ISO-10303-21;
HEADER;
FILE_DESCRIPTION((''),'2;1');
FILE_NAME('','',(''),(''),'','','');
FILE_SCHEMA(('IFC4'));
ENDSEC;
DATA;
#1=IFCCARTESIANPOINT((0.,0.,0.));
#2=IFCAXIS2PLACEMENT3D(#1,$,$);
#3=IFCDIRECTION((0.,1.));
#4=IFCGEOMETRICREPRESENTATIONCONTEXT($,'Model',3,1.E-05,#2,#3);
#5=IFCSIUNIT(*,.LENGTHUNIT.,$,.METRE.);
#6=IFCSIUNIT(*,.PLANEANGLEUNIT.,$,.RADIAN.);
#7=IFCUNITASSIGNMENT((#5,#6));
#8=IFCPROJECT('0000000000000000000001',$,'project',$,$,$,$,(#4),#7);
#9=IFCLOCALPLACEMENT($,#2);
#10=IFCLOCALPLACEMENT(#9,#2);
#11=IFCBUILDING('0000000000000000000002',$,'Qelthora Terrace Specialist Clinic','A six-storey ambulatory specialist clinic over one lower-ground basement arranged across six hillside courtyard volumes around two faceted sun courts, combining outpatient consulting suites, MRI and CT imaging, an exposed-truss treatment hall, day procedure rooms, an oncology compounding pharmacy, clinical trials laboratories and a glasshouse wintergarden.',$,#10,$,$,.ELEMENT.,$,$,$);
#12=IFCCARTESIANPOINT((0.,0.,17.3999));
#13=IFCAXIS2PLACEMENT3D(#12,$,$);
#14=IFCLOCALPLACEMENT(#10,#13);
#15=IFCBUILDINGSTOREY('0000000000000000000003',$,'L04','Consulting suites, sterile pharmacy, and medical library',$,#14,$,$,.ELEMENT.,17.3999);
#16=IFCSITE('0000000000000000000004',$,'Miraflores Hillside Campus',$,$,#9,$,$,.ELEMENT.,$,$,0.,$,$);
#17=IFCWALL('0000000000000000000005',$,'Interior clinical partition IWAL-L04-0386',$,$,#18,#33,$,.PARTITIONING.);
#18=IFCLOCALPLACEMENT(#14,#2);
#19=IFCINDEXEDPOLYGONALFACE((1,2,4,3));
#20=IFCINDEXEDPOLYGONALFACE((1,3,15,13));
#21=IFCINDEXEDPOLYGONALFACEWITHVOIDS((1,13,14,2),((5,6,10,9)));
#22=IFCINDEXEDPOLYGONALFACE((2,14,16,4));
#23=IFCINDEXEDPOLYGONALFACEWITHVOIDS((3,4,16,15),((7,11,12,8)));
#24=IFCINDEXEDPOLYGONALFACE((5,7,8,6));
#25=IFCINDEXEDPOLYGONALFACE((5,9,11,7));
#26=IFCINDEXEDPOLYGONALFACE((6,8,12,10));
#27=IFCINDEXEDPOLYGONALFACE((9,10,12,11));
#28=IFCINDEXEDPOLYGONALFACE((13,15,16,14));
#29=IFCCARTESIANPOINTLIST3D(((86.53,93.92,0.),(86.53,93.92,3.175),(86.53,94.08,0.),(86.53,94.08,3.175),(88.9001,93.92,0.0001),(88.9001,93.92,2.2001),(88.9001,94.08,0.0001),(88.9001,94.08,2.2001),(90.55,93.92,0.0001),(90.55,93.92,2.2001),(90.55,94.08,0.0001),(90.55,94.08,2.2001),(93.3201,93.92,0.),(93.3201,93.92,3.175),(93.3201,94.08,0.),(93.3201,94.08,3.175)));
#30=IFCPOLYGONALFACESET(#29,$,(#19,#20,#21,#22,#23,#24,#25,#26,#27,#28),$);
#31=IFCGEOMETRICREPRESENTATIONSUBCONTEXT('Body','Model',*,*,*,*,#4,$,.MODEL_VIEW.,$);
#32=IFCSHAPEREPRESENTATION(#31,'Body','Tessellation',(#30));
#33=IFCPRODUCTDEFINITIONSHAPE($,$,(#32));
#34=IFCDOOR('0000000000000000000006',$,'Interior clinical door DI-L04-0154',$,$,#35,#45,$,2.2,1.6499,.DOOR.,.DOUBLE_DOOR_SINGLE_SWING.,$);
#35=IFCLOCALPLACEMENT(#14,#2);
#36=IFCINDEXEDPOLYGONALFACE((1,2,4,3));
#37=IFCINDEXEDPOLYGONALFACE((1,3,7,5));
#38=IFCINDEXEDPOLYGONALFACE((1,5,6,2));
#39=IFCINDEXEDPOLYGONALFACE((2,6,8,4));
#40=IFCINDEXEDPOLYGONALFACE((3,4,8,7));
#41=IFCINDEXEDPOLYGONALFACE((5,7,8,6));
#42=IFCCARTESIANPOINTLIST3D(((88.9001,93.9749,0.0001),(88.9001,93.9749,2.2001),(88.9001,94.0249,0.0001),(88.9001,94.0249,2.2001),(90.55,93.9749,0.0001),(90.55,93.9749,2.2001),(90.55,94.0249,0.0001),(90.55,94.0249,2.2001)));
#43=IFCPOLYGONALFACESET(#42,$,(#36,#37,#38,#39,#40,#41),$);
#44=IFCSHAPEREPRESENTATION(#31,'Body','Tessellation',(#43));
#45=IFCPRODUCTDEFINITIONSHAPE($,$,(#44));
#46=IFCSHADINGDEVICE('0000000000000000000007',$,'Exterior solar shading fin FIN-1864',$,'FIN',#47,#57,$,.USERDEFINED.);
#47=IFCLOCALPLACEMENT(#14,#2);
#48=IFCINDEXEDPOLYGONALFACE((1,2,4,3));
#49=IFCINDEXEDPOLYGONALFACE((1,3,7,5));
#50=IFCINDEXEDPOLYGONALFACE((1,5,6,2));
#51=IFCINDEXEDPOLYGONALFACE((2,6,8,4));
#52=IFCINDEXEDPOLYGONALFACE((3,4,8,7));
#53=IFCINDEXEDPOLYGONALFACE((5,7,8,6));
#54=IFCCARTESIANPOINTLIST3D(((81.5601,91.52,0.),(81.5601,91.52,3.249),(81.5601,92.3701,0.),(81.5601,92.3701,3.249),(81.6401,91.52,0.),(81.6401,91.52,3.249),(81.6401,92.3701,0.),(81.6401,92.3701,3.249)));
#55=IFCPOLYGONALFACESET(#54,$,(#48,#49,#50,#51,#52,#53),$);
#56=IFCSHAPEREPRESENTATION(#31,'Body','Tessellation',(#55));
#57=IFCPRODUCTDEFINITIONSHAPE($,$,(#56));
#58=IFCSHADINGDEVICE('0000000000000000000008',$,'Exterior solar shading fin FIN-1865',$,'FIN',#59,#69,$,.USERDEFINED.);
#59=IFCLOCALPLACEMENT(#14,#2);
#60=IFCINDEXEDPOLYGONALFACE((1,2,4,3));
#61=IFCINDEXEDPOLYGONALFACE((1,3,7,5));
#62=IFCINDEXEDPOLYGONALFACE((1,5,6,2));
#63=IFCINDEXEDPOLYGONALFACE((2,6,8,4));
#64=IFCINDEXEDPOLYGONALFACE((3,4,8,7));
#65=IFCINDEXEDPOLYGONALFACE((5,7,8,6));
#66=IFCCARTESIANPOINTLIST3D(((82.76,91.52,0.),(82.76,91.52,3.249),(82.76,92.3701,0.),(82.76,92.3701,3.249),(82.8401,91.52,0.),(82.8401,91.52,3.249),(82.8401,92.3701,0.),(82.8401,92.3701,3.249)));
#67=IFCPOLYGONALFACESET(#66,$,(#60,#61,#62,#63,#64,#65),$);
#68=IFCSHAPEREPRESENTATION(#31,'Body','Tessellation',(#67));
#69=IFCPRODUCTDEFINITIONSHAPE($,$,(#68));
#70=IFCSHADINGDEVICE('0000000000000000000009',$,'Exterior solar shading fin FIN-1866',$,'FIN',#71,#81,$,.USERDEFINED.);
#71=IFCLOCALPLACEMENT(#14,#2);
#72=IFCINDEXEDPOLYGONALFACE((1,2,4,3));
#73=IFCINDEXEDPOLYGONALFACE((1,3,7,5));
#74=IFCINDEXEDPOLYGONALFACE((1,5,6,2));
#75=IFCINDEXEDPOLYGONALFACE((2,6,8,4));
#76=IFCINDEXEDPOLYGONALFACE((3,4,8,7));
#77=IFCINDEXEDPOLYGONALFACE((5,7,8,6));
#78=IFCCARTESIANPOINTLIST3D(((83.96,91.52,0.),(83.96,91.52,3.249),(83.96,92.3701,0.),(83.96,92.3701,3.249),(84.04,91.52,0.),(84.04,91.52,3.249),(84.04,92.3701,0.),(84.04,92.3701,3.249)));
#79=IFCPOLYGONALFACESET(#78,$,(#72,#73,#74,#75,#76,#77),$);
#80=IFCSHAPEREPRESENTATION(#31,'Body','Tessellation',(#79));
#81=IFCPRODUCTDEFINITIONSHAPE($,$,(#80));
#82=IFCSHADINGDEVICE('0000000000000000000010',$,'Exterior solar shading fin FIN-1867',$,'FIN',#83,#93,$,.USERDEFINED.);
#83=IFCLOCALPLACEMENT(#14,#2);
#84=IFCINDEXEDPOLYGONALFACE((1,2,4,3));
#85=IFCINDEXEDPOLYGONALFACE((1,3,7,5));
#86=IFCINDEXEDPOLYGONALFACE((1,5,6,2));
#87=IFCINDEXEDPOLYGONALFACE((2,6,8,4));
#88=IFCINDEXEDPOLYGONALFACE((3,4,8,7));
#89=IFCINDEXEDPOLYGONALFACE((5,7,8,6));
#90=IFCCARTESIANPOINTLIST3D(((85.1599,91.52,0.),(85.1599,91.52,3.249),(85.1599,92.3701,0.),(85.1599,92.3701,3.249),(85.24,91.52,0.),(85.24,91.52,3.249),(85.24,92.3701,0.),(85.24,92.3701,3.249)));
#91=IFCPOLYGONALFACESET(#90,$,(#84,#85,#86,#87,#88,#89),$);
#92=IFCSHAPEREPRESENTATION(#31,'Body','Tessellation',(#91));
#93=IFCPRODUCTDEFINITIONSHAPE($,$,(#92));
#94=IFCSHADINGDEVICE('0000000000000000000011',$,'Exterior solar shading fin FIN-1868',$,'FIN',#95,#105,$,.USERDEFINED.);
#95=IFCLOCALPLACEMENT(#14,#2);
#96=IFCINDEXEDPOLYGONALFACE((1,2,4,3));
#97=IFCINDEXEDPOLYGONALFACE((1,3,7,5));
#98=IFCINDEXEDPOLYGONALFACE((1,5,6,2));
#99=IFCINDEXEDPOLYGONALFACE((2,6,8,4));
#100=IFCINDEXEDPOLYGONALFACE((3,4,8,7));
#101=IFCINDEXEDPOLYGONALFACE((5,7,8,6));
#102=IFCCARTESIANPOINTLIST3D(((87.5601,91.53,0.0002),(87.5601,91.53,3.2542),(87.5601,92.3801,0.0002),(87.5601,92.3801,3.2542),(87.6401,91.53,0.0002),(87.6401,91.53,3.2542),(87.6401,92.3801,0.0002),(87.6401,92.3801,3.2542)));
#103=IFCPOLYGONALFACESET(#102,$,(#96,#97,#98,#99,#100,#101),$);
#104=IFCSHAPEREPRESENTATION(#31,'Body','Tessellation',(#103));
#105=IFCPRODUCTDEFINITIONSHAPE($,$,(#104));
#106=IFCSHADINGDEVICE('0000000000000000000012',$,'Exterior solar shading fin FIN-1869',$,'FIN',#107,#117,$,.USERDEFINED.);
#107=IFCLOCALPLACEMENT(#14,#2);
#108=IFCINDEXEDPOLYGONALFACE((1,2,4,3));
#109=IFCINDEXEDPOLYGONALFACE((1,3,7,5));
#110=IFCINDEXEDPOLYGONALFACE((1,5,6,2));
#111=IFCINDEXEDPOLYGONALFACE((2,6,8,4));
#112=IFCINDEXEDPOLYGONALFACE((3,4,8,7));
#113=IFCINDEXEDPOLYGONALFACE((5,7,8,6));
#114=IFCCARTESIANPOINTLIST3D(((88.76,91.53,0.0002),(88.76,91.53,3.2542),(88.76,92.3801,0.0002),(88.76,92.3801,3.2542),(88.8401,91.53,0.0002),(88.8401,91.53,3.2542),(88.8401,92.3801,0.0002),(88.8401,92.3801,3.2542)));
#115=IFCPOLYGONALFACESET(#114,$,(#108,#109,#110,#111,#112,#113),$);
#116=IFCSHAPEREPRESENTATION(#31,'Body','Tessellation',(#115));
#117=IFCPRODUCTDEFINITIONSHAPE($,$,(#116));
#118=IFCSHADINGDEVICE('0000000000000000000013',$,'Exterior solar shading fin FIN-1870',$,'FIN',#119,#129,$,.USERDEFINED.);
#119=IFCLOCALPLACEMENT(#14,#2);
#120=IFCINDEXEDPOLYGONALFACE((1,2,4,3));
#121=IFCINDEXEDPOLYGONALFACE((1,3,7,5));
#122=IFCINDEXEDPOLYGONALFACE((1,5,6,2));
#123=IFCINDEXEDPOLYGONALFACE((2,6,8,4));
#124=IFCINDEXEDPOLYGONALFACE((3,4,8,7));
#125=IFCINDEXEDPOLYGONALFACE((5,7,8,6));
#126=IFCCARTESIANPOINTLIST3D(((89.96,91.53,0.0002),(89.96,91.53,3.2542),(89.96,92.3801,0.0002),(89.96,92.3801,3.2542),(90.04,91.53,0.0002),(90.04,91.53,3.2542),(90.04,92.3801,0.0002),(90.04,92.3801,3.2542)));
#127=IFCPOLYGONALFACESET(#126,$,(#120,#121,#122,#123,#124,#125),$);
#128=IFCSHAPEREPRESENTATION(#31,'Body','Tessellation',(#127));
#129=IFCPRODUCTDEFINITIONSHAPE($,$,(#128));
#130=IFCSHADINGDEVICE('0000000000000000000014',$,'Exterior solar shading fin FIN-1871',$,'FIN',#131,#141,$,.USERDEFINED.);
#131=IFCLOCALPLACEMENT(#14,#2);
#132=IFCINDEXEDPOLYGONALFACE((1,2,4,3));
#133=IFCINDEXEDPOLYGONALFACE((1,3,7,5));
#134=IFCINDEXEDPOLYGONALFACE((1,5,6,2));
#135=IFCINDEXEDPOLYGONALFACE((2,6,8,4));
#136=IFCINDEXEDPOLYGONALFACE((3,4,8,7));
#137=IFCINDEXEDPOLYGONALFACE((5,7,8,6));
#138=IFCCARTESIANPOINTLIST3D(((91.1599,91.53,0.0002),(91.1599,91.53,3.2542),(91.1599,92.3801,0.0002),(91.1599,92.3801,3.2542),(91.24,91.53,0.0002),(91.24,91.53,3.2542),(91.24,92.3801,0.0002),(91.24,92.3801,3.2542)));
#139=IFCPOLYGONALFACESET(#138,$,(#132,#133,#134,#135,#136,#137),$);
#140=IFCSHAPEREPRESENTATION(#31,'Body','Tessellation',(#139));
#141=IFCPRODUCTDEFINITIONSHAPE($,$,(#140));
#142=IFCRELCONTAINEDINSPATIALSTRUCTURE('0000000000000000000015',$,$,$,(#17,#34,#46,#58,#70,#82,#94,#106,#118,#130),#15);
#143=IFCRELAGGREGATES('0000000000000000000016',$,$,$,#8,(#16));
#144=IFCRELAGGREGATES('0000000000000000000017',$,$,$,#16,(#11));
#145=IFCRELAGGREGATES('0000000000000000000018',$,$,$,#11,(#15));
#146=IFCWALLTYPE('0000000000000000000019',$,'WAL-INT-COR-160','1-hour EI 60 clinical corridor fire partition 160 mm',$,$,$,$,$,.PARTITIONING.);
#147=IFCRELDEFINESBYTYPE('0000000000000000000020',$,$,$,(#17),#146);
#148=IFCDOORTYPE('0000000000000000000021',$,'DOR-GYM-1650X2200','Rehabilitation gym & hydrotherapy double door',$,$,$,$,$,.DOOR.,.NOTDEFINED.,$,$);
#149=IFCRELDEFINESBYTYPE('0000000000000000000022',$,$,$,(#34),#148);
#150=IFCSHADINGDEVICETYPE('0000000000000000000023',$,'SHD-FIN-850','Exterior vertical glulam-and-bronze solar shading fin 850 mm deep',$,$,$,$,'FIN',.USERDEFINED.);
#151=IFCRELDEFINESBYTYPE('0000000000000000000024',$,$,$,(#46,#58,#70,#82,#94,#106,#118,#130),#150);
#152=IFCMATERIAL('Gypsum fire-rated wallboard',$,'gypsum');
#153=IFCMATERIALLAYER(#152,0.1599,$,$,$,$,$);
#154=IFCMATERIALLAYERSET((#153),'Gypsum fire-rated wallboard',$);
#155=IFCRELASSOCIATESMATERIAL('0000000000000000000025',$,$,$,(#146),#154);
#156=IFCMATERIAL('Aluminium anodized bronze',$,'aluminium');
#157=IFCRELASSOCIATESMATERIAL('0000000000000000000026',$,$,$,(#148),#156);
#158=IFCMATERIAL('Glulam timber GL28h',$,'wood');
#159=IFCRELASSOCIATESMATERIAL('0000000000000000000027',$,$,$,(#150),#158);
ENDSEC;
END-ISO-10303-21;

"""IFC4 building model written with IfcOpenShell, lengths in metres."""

from ifc_helpers import new_model, si_unit, direction, frame, frame_2d, origin, origin_2d, place, context, subcontext, project, spatial, rectangle, extrude, material, layer, layer_set, type_object, element, fill, save


model = new_model("IFC4")

# Units and contexts
model_context = context("Model", 3, precision=1e-05, world=origin(), true_north=direction((0.0, 1.0)))
body_context = subcontext(model_context, "Body", "Model", "MODEL_VIEW")
ifc_project = project(units=[si_unit("LENGTHUNIT", "METRE"), si_unit("PLANEANGLEUNIT", "RADIAN")], contexts=[model_context])

# Site, building, storey
site_placement = place(None, origin())
site = spatial("IfcSite", under=ifc_project, at=site_placement, Name="Miraflores Hillside Campus", CompositionType="ELEMENT", RefElevation=0.0)
building_placement = place(site_placement, origin())
building = spatial("IfcBuilding", under=site, at=building_placement, Name="Qelthora Terrace Specialist Clinic", Description="A six-storey ambulatory specialist clinic over one lower-ground basement arranged across six hillside courtyard volumes around two faceted sun courts, combining outpatient consulting suites, MRI and CT imaging, an exposed-truss treatment hall, day procedure rooms, an oncology compounding pharmacy, clinical trials laboratories and a glasshouse wintergarden.", CompositionType="ELEMENT")
storey_placement = place(building_placement, frame((0.0, 0.0, 17.3999)))
storey = spatial("IfcBuildingStorey", under=building, at=storey_placement, Name="L04", Description="Consulting suites, sterile pharmacy, and medical library", CompositionType="ELEMENT", Elevation=17.3999)

# Wall, opening, door
ifc_material_1 = material(Name="Gypsum fire-rated wallboard", Category="gypsum")
ifc_layer_1 = layer(ifc_material_1, 0.1599)
ifc_layer_set_1 = layer_set([ifc_layer_1], Name="Gypsum fire-rated wallboard")
wall_type_1 = type_object("IfcWallType", Name="WAL-INT-COR-160", Description="1-hour EI 60 clinical corridor fire partition 160 mm", PredefinedType="PARTITIONING", material=ifc_layer_set_1)
ifc_material_2 = material(Name="Glulam timber GL28h", Category="wood")
wall_1_placement = place(storey_placement, frame((93.3201, 94.0, 0.0), z_axis=(0.0, 0.0, 1.0), x_axis=(-1.0, 0.0, 0.0)))
wall_1 = element("IfcWall", 1, at=wall_1_placement, inside=storey, type_object=wall_type_1, Name="Interior clinical partition IWAL-L04-0386", PredefinedType="PARTITIONING", context=body_context, shape_type="SweptSolid", body=[
    extrude(rectangle(XDim=6.79, YDim=0.1599, at=frame_2d((3.395, 0.0))), origin(), (0.0, 0.0, 1.0), 3.175),
])
opening_1_placement = place(wall_1_placement, frame((2.77, 0.0, 0.0)))
opening_1 = element("IfcOpeningElement", 2, at=opening_1_placement, cuts=wall_1, PredefinedType="OPENING", context=body_context, shape_type="SweptSolid", body=[
    extrude(rectangle(XDim=1.6499, YDim=2.2, at=frame_2d((0.825, 1.1001))), frame((0.0, 0.0898, 0.0), z_axis=(0.0, -1.0, 0.0), x_axis=(1.0, 0.0, 0.0)), (0.0, 0.0, 1.0), 0.1799),
])
ifc_material_3 = material(Name="Aluminium anodized bronze", Category="aluminium")
door_type_1 = type_object("IfcDoorType", Name="DOR-GYM-1650X2200", Description="Rehabilitation gym & hydrotherapy double door", OperationType="NOTDEFINED", PredefinedType="DOOR", material=ifc_material_3)
door_1_placement = place(opening_1_placement, frame((1.6499, 0.0, 0.0), z_axis=(0.0, 0.0, 1.0), x_axis=(-1.0, 0.0, 0.0)))
door_1 = element("IfcDoor", 3, at=door_1_placement, inside=storey, type_object=door_type_1, Name="Interior clinical door DI-L04-0154", OperationType="DOUBLE_DOOR_SINGLE_SWING", OverallHeight=2.2, OverallWidth=1.6499, PredefinedType="DOOR", context=body_context, shape_type="SweptSolid", body=[
    extrude(rectangle(XDim=1.6499, YDim=2.2, at=frame_2d((0.825, 1.1001))), frame((0.0, 0.0249, 0.0), z_axis=(0.0, -1.0, 0.0), x_axis=(1.0, 0.0, 0.0)), (0.0, 0.0, 1.0), 0.05),
])
fill(opening_1, door_1)

# Shading devices
shading_device_type = type_object("IfcShadingDeviceType", Name="SHD-FIN-850", Description="Exterior vertical glulam-and-bronze solar shading fin 850 mm deep", ElementType="FIN", PredefinedType="USERDEFINED", material=ifc_material_2)
for number, where, z_axis, x_axis, name in (
    (4, (81.6001, 91.9451, 0.0), (0.0, 0.0, 1.0), (0.0, -1.0, 0.0), "Exterior solar shading fin FIN-1864"),
    (5, (82.8, 91.9451, 0.0), (0.0, 0.0, 1.0), (0.0, -1.0, 0.0), "Exterior solar shading fin FIN-1865"),
    (6, (84.0, 91.9451, 0.0), (0.0, 0.0, 1.0), (0.0, -1.0, 0.0), "Exterior solar shading fin FIN-1866"),
    (7, (85.2, 91.9451, 0.0), (0.0, 0.0, 1.0), (0.0, -1.0, 0.0), "Exterior solar shading fin FIN-1867"),
):
    element("IfcShadingDevice", number, at=place(storey_placement, frame(where, z_axis=z_axis, x_axis=x_axis)), inside=storey, type_object=shading_device_type, Name=name, ObjectType="FIN", PredefinedType="USERDEFINED", context=body_context, shape_type="SweptSolid", body=[
        extrude(rectangle(XDim=0.8501, YDim=0.0801, at=origin_2d()), origin(), (0.0, 0.0, 1.0), 3.249),
    ])
for number, where, z_axis, x_axis, name in (
    (8, (87.6001, 91.9551, 0.0002), (0.0, 0.0, 1.0), (0.0, -1.0, 0.0), "Exterior solar shading fin FIN-1868"),
    (9, (88.8, 91.9551, 0.0002), (0.0, 0.0, 1.0), (0.0, -1.0, 0.0), "Exterior solar shading fin FIN-1869"),
    (10, (90.0, 91.9551, 0.0002), (0.0, 0.0, 1.0), (0.0, -1.0, 0.0), "Exterior solar shading fin FIN-1870"),
    (11, (91.2, 91.9551, 0.0002), (0.0, 0.0, 1.0), (0.0, -1.0, 0.0), "Exterior solar shading fin FIN-1871"),
):
    element("IfcShadingDevice", number, at=place(storey_placement, frame(where, z_axis=z_axis, x_axis=x_axis)), inside=storey, type_object=shading_device_type, Name=name, ObjectType="FIN", PredefinedType="USERDEFINED", context=body_context, shape_type="SweptSolid", body=[
        extrude(rectangle(XDim=0.8501, YDim=0.0801, at=origin_2d()), origin(), (0.0, 0.0, 1.0), 3.2539),
    ])

save(model, "model.ifc")
